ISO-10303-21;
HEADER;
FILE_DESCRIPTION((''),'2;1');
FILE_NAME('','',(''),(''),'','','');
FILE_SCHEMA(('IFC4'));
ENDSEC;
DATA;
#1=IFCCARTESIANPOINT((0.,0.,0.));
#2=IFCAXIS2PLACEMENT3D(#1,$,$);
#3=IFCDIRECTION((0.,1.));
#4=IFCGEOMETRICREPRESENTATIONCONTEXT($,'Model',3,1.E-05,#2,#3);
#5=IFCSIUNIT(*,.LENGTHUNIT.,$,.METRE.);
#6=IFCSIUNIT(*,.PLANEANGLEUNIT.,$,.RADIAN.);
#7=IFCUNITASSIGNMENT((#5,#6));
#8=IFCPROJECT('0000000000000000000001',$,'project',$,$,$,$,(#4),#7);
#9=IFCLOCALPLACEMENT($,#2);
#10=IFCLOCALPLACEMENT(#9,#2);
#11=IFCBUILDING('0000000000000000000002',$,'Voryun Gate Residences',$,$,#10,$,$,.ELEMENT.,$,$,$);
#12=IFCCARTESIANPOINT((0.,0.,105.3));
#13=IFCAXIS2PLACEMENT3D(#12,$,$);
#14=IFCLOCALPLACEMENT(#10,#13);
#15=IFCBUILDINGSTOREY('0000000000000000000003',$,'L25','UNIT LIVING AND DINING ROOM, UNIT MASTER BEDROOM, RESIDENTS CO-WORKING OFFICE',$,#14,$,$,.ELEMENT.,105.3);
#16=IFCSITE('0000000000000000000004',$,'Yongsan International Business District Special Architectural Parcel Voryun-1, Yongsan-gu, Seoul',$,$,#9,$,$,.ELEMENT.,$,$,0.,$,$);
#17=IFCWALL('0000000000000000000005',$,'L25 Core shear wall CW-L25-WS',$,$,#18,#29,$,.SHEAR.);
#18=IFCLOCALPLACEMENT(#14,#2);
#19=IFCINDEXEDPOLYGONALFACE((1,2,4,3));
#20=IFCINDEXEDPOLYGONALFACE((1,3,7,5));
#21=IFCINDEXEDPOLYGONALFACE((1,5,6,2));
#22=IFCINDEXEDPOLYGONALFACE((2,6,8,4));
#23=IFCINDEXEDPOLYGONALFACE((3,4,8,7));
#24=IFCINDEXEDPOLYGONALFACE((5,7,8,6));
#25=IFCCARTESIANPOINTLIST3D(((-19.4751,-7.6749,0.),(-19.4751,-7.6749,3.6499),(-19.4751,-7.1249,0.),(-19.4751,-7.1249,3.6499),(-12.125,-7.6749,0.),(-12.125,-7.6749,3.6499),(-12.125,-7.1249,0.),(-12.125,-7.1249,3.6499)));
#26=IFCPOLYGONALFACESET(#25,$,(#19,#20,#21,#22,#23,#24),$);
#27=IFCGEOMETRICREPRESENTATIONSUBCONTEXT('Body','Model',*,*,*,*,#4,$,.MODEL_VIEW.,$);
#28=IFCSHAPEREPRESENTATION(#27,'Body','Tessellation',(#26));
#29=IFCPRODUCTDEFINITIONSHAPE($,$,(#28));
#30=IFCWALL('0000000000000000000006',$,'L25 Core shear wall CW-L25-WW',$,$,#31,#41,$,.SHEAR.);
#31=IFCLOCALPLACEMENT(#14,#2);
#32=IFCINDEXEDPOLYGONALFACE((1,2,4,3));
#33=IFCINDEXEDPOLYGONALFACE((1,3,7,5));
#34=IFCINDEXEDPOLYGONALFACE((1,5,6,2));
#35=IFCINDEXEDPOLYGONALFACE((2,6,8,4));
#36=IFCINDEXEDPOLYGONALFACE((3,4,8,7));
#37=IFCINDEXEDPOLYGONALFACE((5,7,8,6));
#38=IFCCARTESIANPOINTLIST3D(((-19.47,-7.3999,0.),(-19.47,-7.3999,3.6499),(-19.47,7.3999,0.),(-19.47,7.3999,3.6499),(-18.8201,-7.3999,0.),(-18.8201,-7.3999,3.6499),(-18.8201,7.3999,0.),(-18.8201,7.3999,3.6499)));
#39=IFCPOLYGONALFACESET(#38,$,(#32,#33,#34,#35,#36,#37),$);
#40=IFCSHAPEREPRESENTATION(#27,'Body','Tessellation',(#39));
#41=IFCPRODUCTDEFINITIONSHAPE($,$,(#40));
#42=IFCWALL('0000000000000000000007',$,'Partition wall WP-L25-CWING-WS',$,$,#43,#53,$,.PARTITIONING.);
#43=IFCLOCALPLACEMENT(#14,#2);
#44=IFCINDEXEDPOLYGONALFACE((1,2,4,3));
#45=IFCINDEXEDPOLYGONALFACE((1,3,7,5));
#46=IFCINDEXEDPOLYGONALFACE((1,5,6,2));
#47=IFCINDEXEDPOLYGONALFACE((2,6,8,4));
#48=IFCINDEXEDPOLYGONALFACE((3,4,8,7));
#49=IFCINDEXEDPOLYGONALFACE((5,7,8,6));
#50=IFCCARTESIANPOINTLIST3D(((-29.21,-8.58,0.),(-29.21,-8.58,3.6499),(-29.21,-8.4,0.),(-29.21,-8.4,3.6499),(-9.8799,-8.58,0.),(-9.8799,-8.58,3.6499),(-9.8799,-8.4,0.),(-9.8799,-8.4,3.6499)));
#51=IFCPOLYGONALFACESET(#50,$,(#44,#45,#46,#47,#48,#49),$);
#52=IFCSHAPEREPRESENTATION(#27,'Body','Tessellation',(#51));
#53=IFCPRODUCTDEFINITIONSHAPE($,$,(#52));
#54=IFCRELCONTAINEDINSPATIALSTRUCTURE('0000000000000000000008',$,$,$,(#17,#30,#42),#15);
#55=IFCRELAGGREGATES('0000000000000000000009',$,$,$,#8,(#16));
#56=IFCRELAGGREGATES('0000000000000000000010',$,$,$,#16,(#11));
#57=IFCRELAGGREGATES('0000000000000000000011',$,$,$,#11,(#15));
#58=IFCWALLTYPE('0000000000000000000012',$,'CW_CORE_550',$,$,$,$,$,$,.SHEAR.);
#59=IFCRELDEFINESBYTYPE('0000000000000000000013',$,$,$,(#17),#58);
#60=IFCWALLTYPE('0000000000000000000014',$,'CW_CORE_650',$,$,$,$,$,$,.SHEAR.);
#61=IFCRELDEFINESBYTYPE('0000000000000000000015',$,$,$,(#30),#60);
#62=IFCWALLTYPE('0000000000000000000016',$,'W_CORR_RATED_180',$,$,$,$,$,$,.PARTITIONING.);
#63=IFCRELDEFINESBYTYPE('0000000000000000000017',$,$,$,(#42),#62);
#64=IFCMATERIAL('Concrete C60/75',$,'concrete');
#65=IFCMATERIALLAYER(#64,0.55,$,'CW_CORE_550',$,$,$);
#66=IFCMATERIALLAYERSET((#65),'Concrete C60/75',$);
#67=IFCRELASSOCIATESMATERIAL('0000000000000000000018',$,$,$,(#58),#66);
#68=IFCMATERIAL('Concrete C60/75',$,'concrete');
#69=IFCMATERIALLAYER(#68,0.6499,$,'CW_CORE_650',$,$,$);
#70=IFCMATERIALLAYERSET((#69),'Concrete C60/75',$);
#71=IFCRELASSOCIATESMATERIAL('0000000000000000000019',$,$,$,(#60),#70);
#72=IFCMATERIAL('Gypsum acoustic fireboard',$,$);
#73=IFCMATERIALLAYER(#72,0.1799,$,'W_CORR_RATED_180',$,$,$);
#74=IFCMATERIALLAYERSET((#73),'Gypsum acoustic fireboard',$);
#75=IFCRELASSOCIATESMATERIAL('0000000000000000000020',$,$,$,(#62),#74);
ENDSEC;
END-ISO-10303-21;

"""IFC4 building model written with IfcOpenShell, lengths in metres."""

from ifc_helpers import new_model, si_unit, direction, frame, frame_2d, origin, place, context, subcontext, project, spatial, rectangle, extrude, material, layer, layer_set, type_object, element, save


model = new_model("IFC4")

# Units and contexts
model_context = context("Model", 3, precision=1e-05, world=origin(), true_north=direction((0.0, 1.0)))
body_context = subcontext(model_context, "Body", "Model", "MODEL_VIEW")
ifc_project = project(units=[si_unit("LENGTHUNIT", "METRE"), si_unit("PLANEANGLEUNIT", "RADIAN")], contexts=[model_context])

# Site, building, storey
site_placement = place(None, origin())
site = spatial("IfcSite", under=ifc_project, at=site_placement, Name="Yongsan International Business District Special Architectural Parcel Voryun-1, Yongsan-gu, Seoul", CompositionType="ELEMENT", RefElevation=0.0)
building_placement = place(site_placement, origin())
building = spatial("IfcBuilding", under=site, at=building_placement, Name="Voryun Gate Residences", CompositionType="ELEMENT")
storey_placement = place(building_placement, frame((0.0, 0.0, 105.3)))
storey = spatial("IfcBuildingStorey", under=building, at=storey_placement, Name="L25", Description="UNIT LIVING AND DINING ROOM, UNIT MASTER BEDROOM, RESIDENTS CO-WORKING OFFICE", CompositionType="ELEMENT", Elevation=105.3)

# Walls
ifc_material_1 = material(Name="Concrete C60/75", Category="concrete")
ifc_layer_1 = layer(ifc_material_1, 0.55, Name="CW_CORE_550")
ifc_layer_set_1 = layer_set([ifc_layer_1], Name="Concrete C60/75")
wall_type_1 = type_object("IfcWallType", Name="CW_CORE_550", PredefinedType="SHEAR", material=ifc_layer_set_1)
wall_1_placement = place(storey_placement, frame((-19.4751, -7.3999, 0.0), z_axis=(0.0, 0.0, 1.0), x_axis=(1.0, 0.0, 0.0)))
element("IfcWall", 1, at=wall_1_placement, inside=storey, type_object=wall_type_1, Name="L25 Core shear wall CW-L25-WS", PredefinedType="SHEAR", context=body_context, shape_type="SweptSolid", body=[
    extrude(rectangle(XDim=7.3501, YDim=0.55, at=frame_2d((3.675, 0.0))), origin(), (0.0, 0.0, 1.0), 3.6499),
])
ifc_material_2 = material(Name="Concrete C60/75", Category="concrete")
ifc_layer_2 = layer(ifc_material_2, 0.6499, Name="CW_CORE_650")
ifc_layer_set_2 = layer_set([ifc_layer_2], Name="Concrete C60/75")
wall_type_2 = type_object("IfcWallType", Name="CW_CORE_650", PredefinedType="SHEAR", material=ifc_layer_set_2)
wall_2_placement = place(storey_placement, frame((-19.145, -7.3999, 0.0), z_axis=(0.0, 0.0, 1.0), x_axis=(0.0, 1.0, 0.0)))
element("IfcWall", 2, at=wall_2_placement, inside=storey, type_object=wall_type_2, Name="L25 Core shear wall CW-L25-WW", PredefinedType="SHEAR", context=body_context, shape_type="SweptSolid", body=[
    extrude(rectangle(XDim=14.7998, YDim=0.6499, at=frame_2d((7.3999, 0.0))), origin(), (0.0, 0.0, 1.0), 3.6499),
])
ifc_material_3 = material(Name="Gypsum acoustic fireboard")
ifc_layer_3 = layer(ifc_material_3, 0.1799, Name="W_CORR_RATED_180")
ifc_layer_set_3 = layer_set([ifc_layer_3], Name="Gypsum acoustic fireboard")
wall_type_3 = type_object("IfcWallType", Name="W_CORR_RATED_180", PredefinedType="PARTITIONING", material=ifc_layer_set_3)
wall_3_placement = place(storey_placement, frame((-29.21, -8.49, 0.0), z_axis=(0.0, 0.0, 1.0), x_axis=(1.0, 0.0, 0.0)))
element("IfcWall", 3, at=wall_3_placement, inside=storey, type_object=wall_type_3, Name="Partition wall WP-L25-CWING-WS", PredefinedType="PARTITIONING", context=body_context, shape_type="SweptSolid", body=[
    extrude(rectangle(XDim=19.3301, YDim=0.1799, at=frame_2d((9.665, 0.0))), origin(), (0.0, 0.0, 1.0), 3.6499),
])

save(model, "model.ifc")
